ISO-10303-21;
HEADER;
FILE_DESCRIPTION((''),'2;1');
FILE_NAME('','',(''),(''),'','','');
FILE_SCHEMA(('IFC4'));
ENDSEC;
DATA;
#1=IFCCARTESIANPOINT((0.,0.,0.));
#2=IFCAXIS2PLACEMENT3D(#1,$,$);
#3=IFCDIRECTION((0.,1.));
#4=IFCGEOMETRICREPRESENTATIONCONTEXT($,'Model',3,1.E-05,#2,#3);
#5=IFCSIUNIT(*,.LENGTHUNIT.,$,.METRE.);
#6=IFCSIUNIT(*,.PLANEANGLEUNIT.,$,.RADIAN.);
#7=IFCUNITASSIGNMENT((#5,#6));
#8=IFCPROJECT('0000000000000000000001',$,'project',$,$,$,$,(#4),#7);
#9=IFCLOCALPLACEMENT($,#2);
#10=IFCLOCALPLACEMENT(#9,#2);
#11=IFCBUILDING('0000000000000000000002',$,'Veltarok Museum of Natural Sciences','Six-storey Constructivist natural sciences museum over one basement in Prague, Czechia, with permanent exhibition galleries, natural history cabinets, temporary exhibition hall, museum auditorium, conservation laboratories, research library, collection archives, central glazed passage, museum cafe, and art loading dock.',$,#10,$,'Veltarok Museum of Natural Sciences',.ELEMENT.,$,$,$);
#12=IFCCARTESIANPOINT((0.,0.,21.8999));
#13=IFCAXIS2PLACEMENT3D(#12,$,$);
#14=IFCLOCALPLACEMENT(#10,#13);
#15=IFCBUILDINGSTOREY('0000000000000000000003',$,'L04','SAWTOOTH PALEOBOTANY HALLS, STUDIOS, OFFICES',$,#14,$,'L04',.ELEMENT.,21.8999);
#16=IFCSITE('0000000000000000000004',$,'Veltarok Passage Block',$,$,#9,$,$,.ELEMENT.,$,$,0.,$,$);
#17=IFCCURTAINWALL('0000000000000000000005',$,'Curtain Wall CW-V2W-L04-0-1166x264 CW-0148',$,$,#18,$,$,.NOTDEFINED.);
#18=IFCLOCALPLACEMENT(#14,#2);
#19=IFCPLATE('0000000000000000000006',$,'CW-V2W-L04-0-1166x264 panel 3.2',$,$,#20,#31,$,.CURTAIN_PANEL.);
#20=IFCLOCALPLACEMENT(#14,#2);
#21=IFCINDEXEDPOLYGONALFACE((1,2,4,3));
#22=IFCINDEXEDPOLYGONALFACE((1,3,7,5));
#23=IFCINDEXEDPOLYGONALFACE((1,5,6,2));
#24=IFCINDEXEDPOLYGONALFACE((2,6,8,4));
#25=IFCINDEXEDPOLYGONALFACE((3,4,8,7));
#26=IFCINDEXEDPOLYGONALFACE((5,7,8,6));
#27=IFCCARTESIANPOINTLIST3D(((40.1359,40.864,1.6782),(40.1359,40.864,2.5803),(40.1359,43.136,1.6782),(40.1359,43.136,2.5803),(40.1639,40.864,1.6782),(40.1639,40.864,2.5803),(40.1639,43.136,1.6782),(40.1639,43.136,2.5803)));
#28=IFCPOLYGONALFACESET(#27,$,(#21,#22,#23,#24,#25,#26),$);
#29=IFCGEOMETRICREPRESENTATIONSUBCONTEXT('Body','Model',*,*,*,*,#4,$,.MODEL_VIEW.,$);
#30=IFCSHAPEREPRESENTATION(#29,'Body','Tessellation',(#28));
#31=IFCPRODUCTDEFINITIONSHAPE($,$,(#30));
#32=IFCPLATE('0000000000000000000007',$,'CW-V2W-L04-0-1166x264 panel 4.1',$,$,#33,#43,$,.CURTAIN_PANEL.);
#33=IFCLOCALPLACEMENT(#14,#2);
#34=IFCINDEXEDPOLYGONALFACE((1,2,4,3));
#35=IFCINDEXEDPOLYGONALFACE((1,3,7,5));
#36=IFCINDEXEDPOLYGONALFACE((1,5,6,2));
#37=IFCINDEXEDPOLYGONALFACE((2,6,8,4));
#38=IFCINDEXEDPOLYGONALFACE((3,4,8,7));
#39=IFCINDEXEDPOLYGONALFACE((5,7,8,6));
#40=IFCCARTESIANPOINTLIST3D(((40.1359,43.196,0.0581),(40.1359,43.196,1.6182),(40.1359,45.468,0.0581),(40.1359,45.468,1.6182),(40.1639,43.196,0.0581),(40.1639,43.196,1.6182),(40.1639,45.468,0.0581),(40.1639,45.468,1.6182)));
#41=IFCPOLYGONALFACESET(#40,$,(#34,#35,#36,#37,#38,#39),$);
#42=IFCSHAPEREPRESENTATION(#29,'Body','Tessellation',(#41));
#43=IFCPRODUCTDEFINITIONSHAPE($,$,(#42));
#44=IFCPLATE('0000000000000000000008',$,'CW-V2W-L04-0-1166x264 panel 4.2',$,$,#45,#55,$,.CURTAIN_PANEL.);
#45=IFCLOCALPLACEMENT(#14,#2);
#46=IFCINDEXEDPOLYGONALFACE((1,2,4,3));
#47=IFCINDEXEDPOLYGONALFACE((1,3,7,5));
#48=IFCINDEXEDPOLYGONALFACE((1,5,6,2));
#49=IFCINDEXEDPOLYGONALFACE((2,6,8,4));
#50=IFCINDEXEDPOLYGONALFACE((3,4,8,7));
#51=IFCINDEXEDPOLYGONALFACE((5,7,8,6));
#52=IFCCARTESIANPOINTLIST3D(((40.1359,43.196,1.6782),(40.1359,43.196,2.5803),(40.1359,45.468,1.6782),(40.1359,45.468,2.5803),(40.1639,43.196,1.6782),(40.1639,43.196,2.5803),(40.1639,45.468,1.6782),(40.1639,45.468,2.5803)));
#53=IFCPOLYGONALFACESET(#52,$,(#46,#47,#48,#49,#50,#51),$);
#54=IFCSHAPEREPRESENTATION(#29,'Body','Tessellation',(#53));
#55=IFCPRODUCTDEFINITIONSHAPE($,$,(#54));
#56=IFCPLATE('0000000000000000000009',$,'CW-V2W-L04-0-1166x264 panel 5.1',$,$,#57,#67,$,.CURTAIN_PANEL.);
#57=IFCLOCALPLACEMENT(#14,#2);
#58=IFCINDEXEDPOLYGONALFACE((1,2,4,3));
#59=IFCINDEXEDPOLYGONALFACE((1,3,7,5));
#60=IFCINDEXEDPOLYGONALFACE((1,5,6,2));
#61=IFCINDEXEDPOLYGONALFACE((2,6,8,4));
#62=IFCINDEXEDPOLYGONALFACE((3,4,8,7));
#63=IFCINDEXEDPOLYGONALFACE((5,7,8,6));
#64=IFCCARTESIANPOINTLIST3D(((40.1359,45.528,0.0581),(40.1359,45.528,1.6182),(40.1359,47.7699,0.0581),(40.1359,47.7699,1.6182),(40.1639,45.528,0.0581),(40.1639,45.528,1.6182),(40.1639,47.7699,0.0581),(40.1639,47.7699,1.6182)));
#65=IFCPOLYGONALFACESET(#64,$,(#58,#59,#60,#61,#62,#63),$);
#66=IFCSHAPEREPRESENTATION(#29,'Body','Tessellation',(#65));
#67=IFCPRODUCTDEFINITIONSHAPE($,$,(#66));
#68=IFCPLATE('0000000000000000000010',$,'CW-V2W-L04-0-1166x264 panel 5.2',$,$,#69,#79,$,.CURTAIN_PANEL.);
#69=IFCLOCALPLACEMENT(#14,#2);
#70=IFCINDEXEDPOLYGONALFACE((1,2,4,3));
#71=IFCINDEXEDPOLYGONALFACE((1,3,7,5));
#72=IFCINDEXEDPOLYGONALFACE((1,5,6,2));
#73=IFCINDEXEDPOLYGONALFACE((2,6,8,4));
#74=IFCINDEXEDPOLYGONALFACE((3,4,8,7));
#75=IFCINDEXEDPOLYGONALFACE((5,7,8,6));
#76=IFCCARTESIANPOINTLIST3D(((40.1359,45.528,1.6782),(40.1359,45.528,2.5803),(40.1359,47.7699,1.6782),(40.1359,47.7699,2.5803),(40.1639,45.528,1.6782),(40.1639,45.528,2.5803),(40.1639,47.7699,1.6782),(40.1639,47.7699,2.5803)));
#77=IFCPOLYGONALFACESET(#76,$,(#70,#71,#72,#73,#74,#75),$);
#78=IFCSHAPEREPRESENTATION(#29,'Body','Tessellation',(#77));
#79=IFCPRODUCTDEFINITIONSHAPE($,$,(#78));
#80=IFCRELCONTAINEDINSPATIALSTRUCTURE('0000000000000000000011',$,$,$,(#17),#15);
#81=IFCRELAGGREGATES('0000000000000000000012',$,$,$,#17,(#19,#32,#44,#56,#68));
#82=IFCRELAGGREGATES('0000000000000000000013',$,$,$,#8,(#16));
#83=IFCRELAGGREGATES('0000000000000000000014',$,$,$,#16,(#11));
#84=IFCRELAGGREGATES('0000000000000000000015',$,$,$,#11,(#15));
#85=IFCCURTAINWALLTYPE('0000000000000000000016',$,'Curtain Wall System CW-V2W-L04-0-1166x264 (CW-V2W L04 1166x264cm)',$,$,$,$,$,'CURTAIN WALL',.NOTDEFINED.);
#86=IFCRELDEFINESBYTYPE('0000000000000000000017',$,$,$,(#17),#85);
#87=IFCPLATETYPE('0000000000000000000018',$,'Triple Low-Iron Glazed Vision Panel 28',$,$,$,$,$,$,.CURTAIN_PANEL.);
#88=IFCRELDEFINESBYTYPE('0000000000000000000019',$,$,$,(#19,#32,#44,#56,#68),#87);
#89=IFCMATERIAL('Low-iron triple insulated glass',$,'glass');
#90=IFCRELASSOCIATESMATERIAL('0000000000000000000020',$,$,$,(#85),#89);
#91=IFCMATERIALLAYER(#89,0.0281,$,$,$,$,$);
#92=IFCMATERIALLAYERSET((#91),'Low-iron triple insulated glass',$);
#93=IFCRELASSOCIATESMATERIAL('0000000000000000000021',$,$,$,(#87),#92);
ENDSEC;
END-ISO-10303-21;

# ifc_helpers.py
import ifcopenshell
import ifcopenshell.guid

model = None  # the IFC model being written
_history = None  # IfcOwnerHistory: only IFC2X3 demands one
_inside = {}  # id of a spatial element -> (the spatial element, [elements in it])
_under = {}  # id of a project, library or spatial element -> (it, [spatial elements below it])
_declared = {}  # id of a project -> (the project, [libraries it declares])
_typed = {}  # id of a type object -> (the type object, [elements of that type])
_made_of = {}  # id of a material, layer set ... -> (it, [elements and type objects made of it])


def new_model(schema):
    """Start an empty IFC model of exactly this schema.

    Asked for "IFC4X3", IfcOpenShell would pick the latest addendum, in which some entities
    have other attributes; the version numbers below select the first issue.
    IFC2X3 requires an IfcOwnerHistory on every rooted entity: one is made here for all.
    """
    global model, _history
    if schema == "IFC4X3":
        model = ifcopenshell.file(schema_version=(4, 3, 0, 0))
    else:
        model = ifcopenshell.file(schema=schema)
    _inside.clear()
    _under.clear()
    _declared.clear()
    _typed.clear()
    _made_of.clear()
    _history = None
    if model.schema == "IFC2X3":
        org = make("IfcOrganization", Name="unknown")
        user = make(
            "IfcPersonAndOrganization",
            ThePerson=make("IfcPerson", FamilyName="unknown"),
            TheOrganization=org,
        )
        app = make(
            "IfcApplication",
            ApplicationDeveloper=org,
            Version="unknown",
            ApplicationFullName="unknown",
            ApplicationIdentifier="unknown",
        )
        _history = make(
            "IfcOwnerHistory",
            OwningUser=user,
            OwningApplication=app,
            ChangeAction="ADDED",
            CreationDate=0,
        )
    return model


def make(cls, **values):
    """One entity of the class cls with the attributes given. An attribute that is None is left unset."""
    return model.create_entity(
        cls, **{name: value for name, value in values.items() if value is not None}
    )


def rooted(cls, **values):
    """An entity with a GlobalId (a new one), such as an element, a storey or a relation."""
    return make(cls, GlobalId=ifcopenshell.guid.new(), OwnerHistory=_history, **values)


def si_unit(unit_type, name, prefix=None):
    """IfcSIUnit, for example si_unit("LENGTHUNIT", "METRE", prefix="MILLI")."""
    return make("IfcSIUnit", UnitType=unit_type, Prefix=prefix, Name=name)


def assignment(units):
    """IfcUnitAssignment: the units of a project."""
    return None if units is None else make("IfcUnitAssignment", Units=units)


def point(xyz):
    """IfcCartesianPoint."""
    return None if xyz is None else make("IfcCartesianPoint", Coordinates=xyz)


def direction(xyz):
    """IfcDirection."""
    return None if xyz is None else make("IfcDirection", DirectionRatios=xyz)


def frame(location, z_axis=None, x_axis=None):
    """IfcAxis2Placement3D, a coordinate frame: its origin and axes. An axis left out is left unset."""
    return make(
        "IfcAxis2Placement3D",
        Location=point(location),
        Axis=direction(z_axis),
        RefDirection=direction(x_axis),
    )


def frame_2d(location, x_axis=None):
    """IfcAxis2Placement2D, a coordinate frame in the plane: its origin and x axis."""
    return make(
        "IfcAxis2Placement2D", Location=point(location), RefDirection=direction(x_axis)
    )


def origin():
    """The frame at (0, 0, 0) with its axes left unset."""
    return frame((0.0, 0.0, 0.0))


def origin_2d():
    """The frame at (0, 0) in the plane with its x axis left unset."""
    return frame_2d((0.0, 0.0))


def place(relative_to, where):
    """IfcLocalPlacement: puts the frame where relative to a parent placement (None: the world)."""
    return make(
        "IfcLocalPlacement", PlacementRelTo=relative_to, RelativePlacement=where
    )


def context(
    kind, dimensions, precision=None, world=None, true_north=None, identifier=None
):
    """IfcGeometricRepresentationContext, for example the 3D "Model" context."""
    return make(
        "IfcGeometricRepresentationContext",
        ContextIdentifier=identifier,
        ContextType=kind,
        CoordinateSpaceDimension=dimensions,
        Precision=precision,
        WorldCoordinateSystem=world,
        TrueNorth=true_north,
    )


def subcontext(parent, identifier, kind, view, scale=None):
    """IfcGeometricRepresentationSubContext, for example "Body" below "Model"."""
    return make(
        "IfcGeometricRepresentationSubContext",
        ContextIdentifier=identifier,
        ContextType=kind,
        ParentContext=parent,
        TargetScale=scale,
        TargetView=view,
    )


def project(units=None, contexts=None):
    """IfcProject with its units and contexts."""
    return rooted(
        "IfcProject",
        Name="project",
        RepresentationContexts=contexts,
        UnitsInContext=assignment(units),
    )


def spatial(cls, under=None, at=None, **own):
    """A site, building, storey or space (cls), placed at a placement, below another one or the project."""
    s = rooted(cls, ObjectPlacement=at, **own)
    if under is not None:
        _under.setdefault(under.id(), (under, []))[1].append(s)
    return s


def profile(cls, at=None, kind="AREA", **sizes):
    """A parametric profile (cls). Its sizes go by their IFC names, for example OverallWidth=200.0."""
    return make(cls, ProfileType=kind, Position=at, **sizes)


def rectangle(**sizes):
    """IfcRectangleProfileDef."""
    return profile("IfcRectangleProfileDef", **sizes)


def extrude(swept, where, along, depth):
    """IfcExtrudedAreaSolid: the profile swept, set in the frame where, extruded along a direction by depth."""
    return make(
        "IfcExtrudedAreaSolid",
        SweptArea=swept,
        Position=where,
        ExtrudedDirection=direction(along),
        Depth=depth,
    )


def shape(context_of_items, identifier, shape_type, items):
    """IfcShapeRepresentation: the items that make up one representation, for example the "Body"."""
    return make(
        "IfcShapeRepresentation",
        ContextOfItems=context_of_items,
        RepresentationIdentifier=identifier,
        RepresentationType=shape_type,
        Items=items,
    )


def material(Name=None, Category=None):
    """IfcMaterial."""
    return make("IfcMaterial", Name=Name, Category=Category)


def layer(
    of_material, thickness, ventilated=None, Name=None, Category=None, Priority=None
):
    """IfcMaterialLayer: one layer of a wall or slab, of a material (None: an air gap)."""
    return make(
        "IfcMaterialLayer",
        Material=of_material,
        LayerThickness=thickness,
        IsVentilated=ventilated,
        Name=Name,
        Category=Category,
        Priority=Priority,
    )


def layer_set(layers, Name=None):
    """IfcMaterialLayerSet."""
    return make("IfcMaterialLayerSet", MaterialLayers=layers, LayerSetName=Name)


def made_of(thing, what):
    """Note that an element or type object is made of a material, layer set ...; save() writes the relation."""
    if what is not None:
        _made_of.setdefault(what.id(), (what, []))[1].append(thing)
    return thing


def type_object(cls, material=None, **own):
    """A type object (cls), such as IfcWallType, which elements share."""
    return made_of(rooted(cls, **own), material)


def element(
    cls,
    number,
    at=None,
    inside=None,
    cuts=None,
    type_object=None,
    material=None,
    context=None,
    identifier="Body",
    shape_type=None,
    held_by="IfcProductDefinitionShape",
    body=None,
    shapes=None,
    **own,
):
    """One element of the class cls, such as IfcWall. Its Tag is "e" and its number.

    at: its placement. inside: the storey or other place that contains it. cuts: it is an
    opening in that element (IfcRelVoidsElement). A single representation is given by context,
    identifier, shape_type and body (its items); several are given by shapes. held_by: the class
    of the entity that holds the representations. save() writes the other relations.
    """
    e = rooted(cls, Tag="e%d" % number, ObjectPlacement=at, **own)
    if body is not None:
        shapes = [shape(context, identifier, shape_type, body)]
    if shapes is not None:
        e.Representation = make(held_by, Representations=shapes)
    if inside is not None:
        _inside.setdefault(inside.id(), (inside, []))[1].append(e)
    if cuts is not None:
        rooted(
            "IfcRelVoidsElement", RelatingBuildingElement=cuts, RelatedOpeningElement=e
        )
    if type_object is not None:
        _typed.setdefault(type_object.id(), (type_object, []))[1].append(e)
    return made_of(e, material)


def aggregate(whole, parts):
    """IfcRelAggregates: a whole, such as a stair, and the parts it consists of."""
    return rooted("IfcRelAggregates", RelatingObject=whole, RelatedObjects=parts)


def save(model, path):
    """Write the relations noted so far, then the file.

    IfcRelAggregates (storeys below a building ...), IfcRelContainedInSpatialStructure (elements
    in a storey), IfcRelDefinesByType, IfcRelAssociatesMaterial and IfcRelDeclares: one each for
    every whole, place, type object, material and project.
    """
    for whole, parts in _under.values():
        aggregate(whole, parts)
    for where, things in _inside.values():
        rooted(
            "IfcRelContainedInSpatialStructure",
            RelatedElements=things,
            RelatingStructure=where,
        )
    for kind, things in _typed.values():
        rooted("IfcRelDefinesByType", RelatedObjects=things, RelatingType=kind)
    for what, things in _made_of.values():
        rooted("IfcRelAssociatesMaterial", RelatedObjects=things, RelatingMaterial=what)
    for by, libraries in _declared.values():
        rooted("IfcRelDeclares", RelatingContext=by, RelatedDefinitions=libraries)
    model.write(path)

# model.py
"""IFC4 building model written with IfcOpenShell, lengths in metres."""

from ifc_helpers import new_model, si_unit, direction, frame, origin, origin_2d, place, context, subcontext, project, spatial, rectangle, extrude, material, layer, layer_set, type_object, element, aggregate, save


model = new_model("IFC4")

# Units and contexts
model_context = context("Model", 3, precision=1e-05, world=origin(), true_north=direction((0.0, 1.0)))
body_context = subcontext(model_context, "Body", "Model", "MODEL_VIEW")
ifc_project = project(units=[si_unit("LENGTHUNIT", "METRE"), si_unit("PLANEANGLEUNIT", "RADIAN")], contexts=[model_context])

# Site, building, storey
site_placement = place(None, origin())
site = spatial("IfcSite", under=ifc_project, at=site_placement, Name="Veltarok Passage Block", CompositionType="ELEMENT", RefElevation=0.0)
building_placement = place(site_placement, origin())
building = spatial("IfcBuilding", under=site, at=building_placement, Name="Veltarok Museum of Natural Sciences", Description="Six-storey Constructivist natural sciences museum over one basement in Prague, Czechia, with permanent exhibition galleries, natural history cabinets, temporary exhibition hall, museum auditorium, conservation laboratories, research library, collection archives, central glazed passage, museum cafe, and art loading dock.", LongName="Veltarok Museum of Natural Sciences", CompositionType="ELEMENT")
storey_placement = place(building_placement, frame((0.0, 0.0, 21.8999)))
storey = spatial("IfcBuildingStorey", under=building, at=storey_placement, Name="L04", Description="SAWTOOTH PALEOBOTANY HALLS, STUDIOS, OFFICES", LongName="L04", CompositionType="ELEMENT", Elevation=21.8999)

# Curtain wall, plates
ifc_material_1 = material(Name="Low-iron triple insulated glass", Category="glass")
curtain_wall_type = type_object("IfcCurtainWallType", Name="Curtain Wall System CW-V2W-L04-0-1166x264 (CW-V2W L04 1166x264cm)", ElementType="CURTAIN WALL", PredefinedType="NOTDEFINED", material=ifc_material_1)
curtain_wall_placement = place(storey_placement, origin())
curtain_wall = element("IfcCurtainWall", 1, at=curtain_wall_placement, inside=storey, type_object=curtain_wall_type, Name="Curtain Wall CW-V2W-L04-0-1166x264 CW-0148", PredefinedType="NOTDEFINED")
ifc_layer = layer(ifc_material_1, 0.0281)
ifc_layer_set = layer_set([ifc_layer], Name="Low-iron triple insulated glass")
plate_type = type_object("IfcPlateType", Name="Triple Low-Iron Glazed Vision Panel 28", PredefinedType="CURTAIN_PANEL", material=ifc_layer_set)
plate_1_placement = place(storey_placement, frame((40.1499, 42.0, 1.6782), z_axis=(0.0, 0.0, 1.0), x_axis=(0.0, 1.0, 0.0)))
plate_1 = element("IfcPlate", 2, at=plate_1_placement, type_object=plate_type, Name="CW-V2W-L04-0-1166x264 panel 3.2", PredefinedType="CURTAIN_PANEL", context=body_context, shape_type="SweptSolid", body=[
    extrude(rectangle(XDim=2.272, YDim=0.0281, at=origin_2d()), origin(), (0.0, 0.0, 1.0), 0.9021),
])
plate_2_placement = place(storey_placement, frame((40.1499, 44.332, 0.0581), z_axis=(0.0, 0.0, 1.0), x_axis=(0.0, 1.0, 0.0)))
plate_2 = element("IfcPlate", 3, at=plate_2_placement, type_object=plate_type, Name="CW-V2W-L04-0-1166x264 panel 4.1", PredefinedType="CURTAIN_PANEL", context=body_context, shape_type="SweptSolid", body=[
    extrude(rectangle(XDim=2.272, YDim=0.0281, at=origin_2d()), origin(), (0.0, 0.0, 1.0), 1.5601),
])
plate_3_placement = place(storey_placement, frame((40.1499, 44.332, 1.6782), z_axis=(0.0, 0.0, 1.0), x_axis=(0.0, 1.0, 0.0)))
plate_3 = element("IfcPlate", 4, at=plate_3_placement, type_object=plate_type, Name="CW-V2W-L04-0-1166x264 panel 4.2", PredefinedType="CURTAIN_PANEL", context=body_context, shape_type="SweptSolid", body=[
    extrude(rectangle(XDim=2.272, YDim=0.0281, at=origin_2d()), origin(), (0.0, 0.0, 1.0), 0.9021),
])
plate_4_placement = place(storey_placement, frame((40.1499, 46.6489, 0.0581), z_axis=(0.0, 0.0, 1.0), x_axis=(0.0, 1.0, 0.0)))
plate_4 = element("IfcPlate", 5, at=plate_4_placement, type_object=plate_type, Name="CW-V2W-L04-0-1166x264 panel 5.1", PredefinedType="CURTAIN_PANEL", context=body_context, shape_type="SweptSolid", body=[
    extrude(rectangle(XDim=2.2419, YDim=0.0281, at=origin_2d()), origin(), (0.0, 0.0, 1.0), 1.5601),
])
plate_5_placement = place(storey_placement, frame((40.1499, 46.6489, 1.6782), z_axis=(0.0, 0.0, 1.0), x_axis=(0.0, 1.0, 0.0)))
plate_5 = element("IfcPlate", 6, at=plate_5_placement, type_object=plate_type, Name="CW-V2W-L04-0-1166x264 panel 5.2", PredefinedType="CURTAIN_PANEL", context=body_context, shape_type="SweptSolid", body=[
    extrude(rectangle(XDim=2.2419, YDim=0.0281, at=origin_2d()), origin(), (0.0, 0.0, 1.0), 0.9021),
])
aggregate(curtain_wall, [plate_1, plate_2, plate_3, plate_4, plate_5])

save(model, "model.ifc")
